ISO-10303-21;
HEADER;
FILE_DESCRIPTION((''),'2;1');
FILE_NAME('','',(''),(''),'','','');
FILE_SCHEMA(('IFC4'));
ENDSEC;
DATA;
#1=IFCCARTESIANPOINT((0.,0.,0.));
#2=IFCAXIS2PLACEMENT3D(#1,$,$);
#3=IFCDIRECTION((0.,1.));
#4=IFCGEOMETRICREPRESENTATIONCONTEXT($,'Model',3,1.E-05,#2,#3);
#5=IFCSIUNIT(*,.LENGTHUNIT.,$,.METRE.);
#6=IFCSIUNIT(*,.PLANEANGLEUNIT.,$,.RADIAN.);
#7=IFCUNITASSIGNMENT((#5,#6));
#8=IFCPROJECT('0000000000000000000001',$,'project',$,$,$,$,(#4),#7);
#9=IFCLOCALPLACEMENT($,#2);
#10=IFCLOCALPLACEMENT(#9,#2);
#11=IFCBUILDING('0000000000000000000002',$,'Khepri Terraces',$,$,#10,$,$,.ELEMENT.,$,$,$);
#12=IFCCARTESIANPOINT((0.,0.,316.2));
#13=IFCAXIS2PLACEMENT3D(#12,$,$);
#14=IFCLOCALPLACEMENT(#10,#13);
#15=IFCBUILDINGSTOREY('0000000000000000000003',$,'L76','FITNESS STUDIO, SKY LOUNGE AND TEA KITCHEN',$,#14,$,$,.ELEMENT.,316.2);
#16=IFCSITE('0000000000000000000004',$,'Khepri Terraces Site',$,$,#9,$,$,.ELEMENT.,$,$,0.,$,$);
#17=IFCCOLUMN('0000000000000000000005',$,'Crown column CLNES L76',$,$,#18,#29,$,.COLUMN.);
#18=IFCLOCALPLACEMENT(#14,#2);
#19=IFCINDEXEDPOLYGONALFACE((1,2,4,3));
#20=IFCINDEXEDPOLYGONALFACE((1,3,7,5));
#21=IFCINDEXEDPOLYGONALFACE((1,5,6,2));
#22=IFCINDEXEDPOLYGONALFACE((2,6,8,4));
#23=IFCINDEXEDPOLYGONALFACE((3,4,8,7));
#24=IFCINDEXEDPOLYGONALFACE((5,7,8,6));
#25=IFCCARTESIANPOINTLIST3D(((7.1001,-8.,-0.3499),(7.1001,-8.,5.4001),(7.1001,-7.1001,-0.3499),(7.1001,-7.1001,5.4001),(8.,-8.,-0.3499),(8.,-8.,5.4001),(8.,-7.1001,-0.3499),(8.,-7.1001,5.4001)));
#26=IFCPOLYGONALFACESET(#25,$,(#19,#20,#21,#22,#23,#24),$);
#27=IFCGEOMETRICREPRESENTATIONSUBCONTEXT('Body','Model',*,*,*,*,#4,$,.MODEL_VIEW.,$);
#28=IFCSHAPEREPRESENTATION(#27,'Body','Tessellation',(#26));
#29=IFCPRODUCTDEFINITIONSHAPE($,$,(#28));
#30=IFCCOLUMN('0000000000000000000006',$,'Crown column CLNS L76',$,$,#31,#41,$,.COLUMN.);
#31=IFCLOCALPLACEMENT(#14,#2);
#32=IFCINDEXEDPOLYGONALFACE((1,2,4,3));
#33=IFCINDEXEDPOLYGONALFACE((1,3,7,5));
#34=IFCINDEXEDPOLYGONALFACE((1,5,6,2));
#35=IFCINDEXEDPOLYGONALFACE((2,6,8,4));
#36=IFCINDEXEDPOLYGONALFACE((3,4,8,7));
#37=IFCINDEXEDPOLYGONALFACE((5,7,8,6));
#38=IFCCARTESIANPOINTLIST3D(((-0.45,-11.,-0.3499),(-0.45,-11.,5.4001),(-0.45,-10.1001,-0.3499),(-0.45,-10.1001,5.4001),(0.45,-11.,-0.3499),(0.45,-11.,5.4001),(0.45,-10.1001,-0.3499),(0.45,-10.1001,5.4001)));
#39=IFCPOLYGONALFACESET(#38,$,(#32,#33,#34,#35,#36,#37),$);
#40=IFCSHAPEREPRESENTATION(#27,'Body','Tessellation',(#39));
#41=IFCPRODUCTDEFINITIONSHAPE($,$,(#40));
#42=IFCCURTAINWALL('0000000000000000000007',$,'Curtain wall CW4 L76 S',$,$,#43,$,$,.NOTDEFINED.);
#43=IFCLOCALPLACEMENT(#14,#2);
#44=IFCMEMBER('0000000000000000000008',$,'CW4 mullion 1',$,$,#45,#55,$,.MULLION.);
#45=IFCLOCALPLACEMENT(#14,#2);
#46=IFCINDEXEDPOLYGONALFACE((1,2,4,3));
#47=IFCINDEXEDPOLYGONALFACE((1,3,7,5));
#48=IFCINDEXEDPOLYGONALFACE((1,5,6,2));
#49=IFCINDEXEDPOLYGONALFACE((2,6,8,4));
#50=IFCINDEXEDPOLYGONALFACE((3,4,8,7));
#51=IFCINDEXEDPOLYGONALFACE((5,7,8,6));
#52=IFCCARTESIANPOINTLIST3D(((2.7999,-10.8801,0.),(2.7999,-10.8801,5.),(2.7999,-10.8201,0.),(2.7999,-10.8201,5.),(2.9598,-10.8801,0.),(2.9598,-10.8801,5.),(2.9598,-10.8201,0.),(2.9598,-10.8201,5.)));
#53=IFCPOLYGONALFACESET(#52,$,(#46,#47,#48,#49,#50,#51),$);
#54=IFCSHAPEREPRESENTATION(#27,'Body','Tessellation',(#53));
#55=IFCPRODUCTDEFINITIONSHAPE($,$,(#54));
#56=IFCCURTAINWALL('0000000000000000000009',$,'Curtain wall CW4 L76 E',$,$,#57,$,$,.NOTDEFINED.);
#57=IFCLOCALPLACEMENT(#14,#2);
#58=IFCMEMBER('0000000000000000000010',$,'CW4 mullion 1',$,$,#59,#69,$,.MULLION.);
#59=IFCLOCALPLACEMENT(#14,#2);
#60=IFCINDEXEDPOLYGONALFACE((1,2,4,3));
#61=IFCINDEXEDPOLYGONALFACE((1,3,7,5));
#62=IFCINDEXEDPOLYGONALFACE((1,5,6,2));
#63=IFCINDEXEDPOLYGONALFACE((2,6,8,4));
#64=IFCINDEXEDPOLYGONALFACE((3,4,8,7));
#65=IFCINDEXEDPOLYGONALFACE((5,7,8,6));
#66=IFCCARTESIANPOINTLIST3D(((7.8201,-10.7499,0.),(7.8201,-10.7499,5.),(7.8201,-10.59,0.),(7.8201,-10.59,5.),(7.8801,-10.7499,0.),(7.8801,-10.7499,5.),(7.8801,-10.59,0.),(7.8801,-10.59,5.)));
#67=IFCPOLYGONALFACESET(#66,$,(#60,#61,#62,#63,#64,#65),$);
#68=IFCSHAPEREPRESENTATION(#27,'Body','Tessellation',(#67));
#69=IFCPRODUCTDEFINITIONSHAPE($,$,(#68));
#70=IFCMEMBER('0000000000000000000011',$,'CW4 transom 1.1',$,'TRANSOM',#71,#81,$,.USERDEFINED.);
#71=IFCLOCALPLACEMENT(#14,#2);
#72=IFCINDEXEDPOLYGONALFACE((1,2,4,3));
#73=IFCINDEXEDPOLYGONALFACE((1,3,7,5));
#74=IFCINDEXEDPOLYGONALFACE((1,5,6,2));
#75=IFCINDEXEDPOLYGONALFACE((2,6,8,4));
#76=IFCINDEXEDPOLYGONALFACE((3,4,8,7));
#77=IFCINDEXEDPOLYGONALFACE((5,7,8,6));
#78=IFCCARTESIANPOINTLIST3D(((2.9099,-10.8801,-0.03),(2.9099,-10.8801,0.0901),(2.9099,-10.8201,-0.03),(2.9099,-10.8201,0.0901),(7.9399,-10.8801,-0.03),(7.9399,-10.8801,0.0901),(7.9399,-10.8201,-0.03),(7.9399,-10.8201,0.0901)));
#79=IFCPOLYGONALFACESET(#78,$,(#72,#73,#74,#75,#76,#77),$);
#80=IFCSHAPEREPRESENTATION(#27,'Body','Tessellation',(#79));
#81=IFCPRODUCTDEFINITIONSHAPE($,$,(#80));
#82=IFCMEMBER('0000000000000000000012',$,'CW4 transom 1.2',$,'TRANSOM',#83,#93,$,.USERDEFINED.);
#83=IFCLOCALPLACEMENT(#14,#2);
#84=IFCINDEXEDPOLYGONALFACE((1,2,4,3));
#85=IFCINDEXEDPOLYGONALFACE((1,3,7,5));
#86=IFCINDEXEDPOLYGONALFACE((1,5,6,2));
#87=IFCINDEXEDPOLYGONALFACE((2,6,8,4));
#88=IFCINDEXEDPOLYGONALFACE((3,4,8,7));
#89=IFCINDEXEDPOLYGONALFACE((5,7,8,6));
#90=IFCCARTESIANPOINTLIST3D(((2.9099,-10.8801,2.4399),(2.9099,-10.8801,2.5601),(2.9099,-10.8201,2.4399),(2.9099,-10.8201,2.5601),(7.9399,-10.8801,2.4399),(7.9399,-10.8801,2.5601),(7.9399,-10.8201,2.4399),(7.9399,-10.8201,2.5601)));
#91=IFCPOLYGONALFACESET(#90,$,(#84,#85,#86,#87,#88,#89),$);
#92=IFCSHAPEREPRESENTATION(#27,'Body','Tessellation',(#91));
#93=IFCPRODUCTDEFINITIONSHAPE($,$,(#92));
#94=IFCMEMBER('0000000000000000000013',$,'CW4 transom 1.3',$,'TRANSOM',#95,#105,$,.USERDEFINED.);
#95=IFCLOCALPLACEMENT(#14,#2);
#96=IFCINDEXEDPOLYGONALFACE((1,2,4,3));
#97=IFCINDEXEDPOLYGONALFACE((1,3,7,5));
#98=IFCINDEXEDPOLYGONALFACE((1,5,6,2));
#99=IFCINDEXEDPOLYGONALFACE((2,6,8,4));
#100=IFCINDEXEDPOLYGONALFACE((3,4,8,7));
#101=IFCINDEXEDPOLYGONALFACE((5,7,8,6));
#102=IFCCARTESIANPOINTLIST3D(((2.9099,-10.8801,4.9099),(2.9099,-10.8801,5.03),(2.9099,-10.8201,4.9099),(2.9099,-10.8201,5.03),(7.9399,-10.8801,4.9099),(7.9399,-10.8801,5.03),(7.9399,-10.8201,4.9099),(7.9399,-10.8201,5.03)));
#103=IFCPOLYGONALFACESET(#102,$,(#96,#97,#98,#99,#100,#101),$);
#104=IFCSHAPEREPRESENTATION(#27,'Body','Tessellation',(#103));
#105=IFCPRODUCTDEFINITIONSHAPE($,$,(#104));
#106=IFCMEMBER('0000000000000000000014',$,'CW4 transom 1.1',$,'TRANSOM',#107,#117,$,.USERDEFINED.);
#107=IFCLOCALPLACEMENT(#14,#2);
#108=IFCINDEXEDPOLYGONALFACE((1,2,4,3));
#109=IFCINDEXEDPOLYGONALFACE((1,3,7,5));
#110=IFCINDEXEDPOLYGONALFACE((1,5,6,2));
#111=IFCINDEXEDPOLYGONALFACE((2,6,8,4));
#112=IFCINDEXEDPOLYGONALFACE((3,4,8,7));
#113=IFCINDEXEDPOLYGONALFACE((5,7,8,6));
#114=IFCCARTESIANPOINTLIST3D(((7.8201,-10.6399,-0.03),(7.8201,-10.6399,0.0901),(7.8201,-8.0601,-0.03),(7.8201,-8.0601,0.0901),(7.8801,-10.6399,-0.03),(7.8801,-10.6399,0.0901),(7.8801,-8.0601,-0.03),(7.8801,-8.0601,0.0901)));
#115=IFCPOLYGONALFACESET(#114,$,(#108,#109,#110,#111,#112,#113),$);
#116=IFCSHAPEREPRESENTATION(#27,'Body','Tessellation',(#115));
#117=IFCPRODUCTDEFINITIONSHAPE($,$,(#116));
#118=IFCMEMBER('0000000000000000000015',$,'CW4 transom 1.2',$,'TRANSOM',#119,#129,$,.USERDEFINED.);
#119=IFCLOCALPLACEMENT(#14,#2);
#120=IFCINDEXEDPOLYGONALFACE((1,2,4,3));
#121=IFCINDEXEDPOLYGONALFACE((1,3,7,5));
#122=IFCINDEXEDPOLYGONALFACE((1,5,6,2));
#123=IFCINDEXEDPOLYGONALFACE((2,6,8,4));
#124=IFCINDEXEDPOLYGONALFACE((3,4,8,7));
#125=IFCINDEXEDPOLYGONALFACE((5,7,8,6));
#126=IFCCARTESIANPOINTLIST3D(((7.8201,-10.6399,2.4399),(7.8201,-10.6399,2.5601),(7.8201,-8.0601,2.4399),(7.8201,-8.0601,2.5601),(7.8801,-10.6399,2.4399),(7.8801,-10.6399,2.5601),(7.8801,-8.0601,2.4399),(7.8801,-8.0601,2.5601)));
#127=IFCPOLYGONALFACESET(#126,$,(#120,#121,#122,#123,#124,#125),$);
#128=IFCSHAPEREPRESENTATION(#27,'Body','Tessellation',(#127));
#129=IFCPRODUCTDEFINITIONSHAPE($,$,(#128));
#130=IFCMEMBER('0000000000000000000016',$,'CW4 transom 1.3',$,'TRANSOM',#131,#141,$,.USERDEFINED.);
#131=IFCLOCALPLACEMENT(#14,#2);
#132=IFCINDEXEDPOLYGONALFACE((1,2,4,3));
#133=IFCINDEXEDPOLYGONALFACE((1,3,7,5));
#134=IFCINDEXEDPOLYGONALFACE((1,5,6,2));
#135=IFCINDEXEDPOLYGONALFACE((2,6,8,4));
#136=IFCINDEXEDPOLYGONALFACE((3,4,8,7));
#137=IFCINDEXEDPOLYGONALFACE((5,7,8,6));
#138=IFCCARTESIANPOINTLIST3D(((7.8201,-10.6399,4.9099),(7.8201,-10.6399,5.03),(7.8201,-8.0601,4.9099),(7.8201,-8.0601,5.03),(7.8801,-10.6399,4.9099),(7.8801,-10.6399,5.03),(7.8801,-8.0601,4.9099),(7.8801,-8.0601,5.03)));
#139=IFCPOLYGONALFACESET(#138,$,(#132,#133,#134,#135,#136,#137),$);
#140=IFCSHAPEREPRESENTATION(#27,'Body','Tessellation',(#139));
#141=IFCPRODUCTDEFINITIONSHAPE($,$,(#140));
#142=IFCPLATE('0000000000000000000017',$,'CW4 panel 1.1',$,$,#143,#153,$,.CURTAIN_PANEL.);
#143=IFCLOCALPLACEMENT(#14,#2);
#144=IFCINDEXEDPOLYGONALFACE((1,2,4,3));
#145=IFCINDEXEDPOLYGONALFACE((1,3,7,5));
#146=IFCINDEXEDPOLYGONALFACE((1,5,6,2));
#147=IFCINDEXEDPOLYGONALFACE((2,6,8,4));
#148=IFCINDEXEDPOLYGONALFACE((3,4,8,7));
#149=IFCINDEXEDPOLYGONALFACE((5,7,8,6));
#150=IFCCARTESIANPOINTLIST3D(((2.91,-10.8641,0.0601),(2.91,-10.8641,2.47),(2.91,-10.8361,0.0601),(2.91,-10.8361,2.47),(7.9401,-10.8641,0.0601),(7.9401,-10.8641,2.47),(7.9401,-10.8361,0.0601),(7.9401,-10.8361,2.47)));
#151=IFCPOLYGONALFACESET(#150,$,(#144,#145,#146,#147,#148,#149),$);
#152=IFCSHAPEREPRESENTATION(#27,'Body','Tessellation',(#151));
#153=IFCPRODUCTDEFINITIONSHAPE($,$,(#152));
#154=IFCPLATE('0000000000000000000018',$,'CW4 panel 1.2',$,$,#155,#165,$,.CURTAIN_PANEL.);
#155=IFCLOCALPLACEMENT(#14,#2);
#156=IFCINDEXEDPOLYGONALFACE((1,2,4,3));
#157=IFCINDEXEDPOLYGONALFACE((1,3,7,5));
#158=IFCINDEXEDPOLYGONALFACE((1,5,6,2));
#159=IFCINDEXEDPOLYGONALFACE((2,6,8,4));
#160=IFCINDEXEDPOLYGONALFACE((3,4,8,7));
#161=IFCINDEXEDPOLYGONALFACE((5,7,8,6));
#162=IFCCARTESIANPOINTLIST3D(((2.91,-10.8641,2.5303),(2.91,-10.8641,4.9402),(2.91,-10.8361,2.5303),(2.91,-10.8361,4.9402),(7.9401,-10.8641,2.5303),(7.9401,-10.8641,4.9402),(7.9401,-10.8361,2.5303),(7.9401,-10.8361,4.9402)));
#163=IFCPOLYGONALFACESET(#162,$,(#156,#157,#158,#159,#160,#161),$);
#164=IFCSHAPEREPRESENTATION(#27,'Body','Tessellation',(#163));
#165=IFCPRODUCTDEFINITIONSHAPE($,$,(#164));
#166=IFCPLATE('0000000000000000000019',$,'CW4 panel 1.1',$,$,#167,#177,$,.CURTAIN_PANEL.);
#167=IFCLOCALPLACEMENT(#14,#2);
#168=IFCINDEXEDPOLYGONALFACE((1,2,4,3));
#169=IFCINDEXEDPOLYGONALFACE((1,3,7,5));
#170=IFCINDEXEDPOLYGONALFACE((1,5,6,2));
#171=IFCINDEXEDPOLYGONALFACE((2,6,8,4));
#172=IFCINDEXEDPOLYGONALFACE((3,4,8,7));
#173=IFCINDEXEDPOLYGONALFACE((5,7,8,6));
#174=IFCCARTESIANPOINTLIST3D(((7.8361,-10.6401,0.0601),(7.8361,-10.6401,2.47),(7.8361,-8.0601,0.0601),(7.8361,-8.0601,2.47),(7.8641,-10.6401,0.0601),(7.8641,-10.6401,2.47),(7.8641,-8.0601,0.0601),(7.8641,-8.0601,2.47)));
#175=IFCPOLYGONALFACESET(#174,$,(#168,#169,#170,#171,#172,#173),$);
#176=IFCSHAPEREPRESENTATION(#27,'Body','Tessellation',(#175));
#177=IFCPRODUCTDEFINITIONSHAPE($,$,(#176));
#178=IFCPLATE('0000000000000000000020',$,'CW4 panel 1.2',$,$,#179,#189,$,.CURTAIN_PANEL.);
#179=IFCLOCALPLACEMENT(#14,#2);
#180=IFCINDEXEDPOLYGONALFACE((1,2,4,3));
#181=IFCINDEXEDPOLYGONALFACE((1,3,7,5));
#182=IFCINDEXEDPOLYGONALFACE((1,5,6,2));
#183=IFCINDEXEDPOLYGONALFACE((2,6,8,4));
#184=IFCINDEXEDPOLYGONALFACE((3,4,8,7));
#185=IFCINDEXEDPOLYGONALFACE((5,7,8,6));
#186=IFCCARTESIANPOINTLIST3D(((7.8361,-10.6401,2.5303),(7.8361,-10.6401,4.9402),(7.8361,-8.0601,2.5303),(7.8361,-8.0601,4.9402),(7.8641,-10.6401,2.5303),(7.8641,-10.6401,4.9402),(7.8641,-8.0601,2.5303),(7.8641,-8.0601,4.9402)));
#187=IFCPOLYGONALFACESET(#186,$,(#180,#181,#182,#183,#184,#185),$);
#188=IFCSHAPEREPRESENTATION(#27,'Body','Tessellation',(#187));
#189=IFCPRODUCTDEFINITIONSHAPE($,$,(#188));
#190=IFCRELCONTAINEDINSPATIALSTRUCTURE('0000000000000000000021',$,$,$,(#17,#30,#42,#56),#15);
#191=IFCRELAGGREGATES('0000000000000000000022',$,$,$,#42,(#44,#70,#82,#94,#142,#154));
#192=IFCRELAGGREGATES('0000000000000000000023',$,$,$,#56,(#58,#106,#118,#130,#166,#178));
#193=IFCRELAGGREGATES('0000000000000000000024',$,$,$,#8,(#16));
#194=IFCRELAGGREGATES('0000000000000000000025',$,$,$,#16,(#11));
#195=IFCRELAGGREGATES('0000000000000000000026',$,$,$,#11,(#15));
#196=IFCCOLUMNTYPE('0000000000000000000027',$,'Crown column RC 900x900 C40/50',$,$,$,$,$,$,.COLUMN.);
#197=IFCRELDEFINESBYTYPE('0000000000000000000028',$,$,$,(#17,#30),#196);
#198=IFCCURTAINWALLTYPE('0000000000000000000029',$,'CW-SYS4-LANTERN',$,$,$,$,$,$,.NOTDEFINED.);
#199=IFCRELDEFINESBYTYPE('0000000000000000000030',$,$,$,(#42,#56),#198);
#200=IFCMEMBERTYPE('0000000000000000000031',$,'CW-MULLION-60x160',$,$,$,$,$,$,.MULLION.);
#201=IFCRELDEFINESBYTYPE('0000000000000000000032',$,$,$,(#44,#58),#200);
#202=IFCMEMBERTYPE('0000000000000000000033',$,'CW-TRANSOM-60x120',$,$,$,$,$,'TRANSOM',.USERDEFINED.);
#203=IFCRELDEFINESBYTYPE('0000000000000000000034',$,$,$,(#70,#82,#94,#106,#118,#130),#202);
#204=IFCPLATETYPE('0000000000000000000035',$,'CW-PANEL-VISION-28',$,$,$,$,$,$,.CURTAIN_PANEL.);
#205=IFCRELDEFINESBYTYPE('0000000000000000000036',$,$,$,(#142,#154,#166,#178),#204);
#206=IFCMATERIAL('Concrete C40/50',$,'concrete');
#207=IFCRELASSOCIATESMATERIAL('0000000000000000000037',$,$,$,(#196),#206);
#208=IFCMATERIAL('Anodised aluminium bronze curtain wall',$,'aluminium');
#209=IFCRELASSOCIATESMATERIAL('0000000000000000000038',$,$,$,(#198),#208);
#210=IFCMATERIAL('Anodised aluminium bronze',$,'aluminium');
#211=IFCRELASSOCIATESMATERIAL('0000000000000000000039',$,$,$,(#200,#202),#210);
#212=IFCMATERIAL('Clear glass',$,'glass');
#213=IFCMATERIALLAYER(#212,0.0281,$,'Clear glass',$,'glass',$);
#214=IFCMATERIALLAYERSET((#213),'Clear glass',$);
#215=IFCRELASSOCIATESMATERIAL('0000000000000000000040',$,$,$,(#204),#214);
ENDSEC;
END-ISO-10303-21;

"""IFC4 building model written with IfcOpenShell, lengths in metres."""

from ifc_helpers import new_model, si_unit, direction, frame, origin, origin_2d, place, context, subcontext, project, spatial, rectangle, extrude, material, layer, layer_set, material_profile, profile_set, type_object, element, aggregate, save


model = new_model("IFC4")

# Units and contexts
model_context = context("Model", 3, precision=1e-05, world=origin(), true_north=direction((0.0, 1.0)))
body_context = subcontext(model_context, "Body", "Model", "MODEL_VIEW")
ifc_project = project(units=[si_unit("LENGTHUNIT", "METRE"), si_unit("PLANEANGLEUNIT", "RADIAN")], contexts=[model_context])

# Site, building, storey
site_placement = place(None, origin())
site = spatial("IfcSite", under=ifc_project, at=site_placement, Name="Khepri Terraces Site", CompositionType="ELEMENT", RefElevation=0.0)
building_placement = place(site_placement, origin())
building = spatial("IfcBuilding", under=site, at=building_placement, Name="Khepri Terraces", CompositionType="ELEMENT")
storey_placement = place(building_placement, frame((0.0, 0.0, 316.2)))
storey = spatial("IfcBuildingStorey", under=building, at=storey_placement, Name="L76", Description="FITNESS STUDIO, SKY LOUNGE AND TEA KITCHEN", CompositionType="ELEMENT", Elevation=316.2)

# Columns
ifc_material_1 = material(Name="Concrete C40/50", Category="concrete")
ifc_material_profile_1 = material_profile(ifc_material_1, rectangle(XDim=0.8999, YDim=0.8999, at=origin_2d()), Name="Concrete C40/50", Category="concrete")
ifc_profile_set_1 = profile_set([ifc_material_profile_1], Name="Concrete C40/50")
column_type = type_object("IfcColumnType", Name="Crown column RC 900x900 C40/50", PredefinedType="COLUMN", material=ifc_profile_set_1)
for number, where, z_axis, x_axis, name in (
    (1, (7.55, -7.55, -0.3499), (0.0, 0.0, 1.0), (1.0, 0.0, 0.0), "Crown column CLNES L76"),
    (2, (0.0, -10.55, -0.3499), (0.0, 0.0, 1.0), (1.0, 0.0, 0.0), "Crown column CLNS L76"),
):
    element("IfcColumn", number, at=place(storey_placement, frame(where, z_axis=z_axis, x_axis=x_axis)), inside=storey, type_object=column_type, Name=name, PredefinedType="COLUMN", context=body_context, shape_type="SweptSolid", body=[
        extrude(rectangle(XDim=0.8999, YDim=0.8999, at=origin_2d()), origin(), (0.0, 0.0, 1.0), 5.75),
    ])

# Curtain walls, members
ifc_material_2 = material(Name="Anodised aluminium bronze curtain wall", Category="aluminium")
curtain_wall_type = type_object("IfcCurtainWallType", Name="CW-SYS4-LANTERN", PredefinedType="NOTDEFINED", material=ifc_material_2)
curtain_wall_1_placement = place(storey_placement, origin())
curtain_wall_1 = element("IfcCurtainWall", 3, at=curtain_wall_1_placement, inside=storey, type_object=curtain_wall_type, Name="Curtain wall CW4 L76 S", PredefinedType="NOTDEFINED")
ifc_material_3 = material(Name="Anodised aluminium bronze", Category="aluminium")
ifc_material_profile_2 = material_profile(ifc_material_3, rectangle(XDim=0.0601, YDim=0.1599, at=origin_2d()), Name="Anodised aluminium bronze", Category="aluminium")
ifc_profile_set_2 = profile_set([ifc_material_profile_2], Name="Anodised aluminium bronze")
member_type_1 = type_object("IfcMemberType", Name="CW-MULLION-60x160", PredefinedType="MULLION", material=ifc_profile_set_2)
member_1_placement = place(storey_placement, frame((2.8799, -10.8501, 0.0), z_axis=(0.0, 0.0, 1.0), x_axis=(0.0, 1.0, 0.0)))
member_1 = element("IfcMember", 4, at=member_1_placement, type_object=member_type_1, Name="CW4 mullion 1", PredefinedType="MULLION", context=body_context, shape_type="SweptSolid", body=[
    extrude(rectangle(XDim=0.0601, YDim=0.1599, at=origin_2d()), origin(), (0.0, 0.0, 1.0), 5.0),
])
curtain_wall_2_placement = place(storey_placement, origin())
curtain_wall_2 = element("IfcCurtainWall", 5, at=curtain_wall_2_placement, inside=storey, type_object=curtain_wall_type, Name="Curtain wall CW4 L76 E", PredefinedType="NOTDEFINED")
member_2_placement = place(storey_placement, frame((7.8501, -10.6699, 0.0), z_axis=(0.0, 0.0, 1.0), x_axis=(-1.0, 0.0, 0.0)))
member_2 = element("IfcMember", 6, at=member_2_placement, type_object=member_type_1, Name="CW4 mullion 1", PredefinedType="MULLION", context=body_context, shape_type="SweptSolid", body=[
    extrude(rectangle(XDim=0.0601, YDim=0.1599, at=origin_2d()), origin(), (0.0, 0.0, 1.0), 5.0),
])

# Members
ifc_material_profile_3 = material_profile(ifc_material_3, rectangle(XDim=0.0601, YDim=0.1201, at=origin_2d()), Name="Anodised aluminium bronze", Category="aluminium")
ifc_profile_set_3 = profile_set([ifc_material_profile_3], Name="Anodised aluminium bronze")
member_type_2 = type_object("IfcMemberType", Name="CW-TRANSOM-60x120", ElementType="TRANSOM", PredefinedType="USERDEFINED", material=ifc_profile_set_3)
member_3_placement = place(storey_placement, frame((2.9099, -10.8501, 0.03), z_axis=(1.0, 0.0, 0.0), x_axis=(0.0, 1.0, 0.0)))
member_3 = element("IfcMember", 7, at=member_3_placement, type_object=member_type_2, Name="CW4 transom 1.1", ObjectType="TRANSOM", PredefinedType="USERDEFINED", context=body_context, shape_type="SweptSolid", body=[
    extrude(rectangle(XDim=0.0601, YDim=0.1201, at=origin_2d()), origin(), (0.0, 0.0, 1.0), 5.03),
])
member_4_placement = place(storey_placement, frame((2.9099, -10.8501, 2.5), z_axis=(1.0, 0.0, 0.0), x_axis=(0.0, 1.0, 0.0)))
member_4 = element("IfcMember", 8, at=member_4_placement, type_object=member_type_2, Name="CW4 transom 1.2", ObjectType="TRANSOM", PredefinedType="USERDEFINED", context=body_context, shape_type="SweptSolid", body=[
    extrude(rectangle(XDim=0.0601, YDim=0.1201, at=origin_2d()), origin(), (0.0, 0.0, 1.0), 5.03),
])
member_5_placement = place(storey_placement, frame((2.9099, -10.8501, 4.97), z_axis=(1.0, 0.0, 0.0), x_axis=(0.0, 1.0, 0.0)))
member_5 = element("IfcMember", 9, at=member_5_placement, type_object=member_type_2, Name="CW4 transom 1.3", ObjectType="TRANSOM", PredefinedType="USERDEFINED", context=body_context, shape_type="SweptSolid", body=[
    extrude(rectangle(XDim=0.0601, YDim=0.1201, at=origin_2d()), origin(), (0.0, 0.0, 1.0), 5.03),
])
member_6_placement = place(storey_placement, frame((7.8501, -10.6399, 0.03), z_axis=(0.0, 1.0, 0.0), x_axis=(-1.0, 0.0, 0.0)))
member_6 = element("IfcMember", 10, at=member_6_placement, type_object=member_type_2, Name="CW4 transom 1.1", ObjectType="TRANSOM", PredefinedType="USERDEFINED", context=body_context, shape_type="SweptSolid", body=[
    extrude(rectangle(XDim=0.0601, YDim=0.1201, at=origin_2d()), origin(), (0.0, 0.0, 1.0), 2.5798),
])
member_7_placement = place(storey_placement, frame((7.8501, -10.6399, 2.5), z_axis=(0.0, 1.0, 0.0), x_axis=(-1.0, 0.0, 0.0)))
member_7 = element("IfcMember", 11, at=member_7_placement, type_object=member_type_2, Name="CW4 transom 1.2", ObjectType="TRANSOM", PredefinedType="USERDEFINED", context=body_context, shape_type="SweptSolid", body=[
    extrude(rectangle(XDim=0.0601, YDim=0.1201, at=origin_2d()), origin(), (0.0, 0.0, 1.0), 2.5798),
])
member_8_placement = place(storey_placement, frame((7.8501, -10.6399, 4.97), z_axis=(0.0, 1.0, 0.0), x_axis=(-1.0, 0.0, 0.0)))
member_8 = element("IfcMember", 12, at=member_8_placement, type_object=member_type_2, Name="CW4 transom 1.3", ObjectType="TRANSOM", PredefinedType="USERDEFINED", context=body_context, shape_type="SweptSolid", body=[
    extrude(rectangle(XDim=0.0601, YDim=0.1201, at=origin_2d()), origin(), (0.0, 0.0, 1.0), 2.5798),
])

# Plates
ifc_material_4 = material(Name="Clear glass", Category="glass")
ifc_layer_1 = layer(ifc_material_4, 0.0281, Name="Clear glass", Category="glass")
ifc_layer_set_1 = layer_set([ifc_layer_1], Name="Clear glass")
plate_type = type_object("IfcPlateType", Name="CW-PANEL-VISION-28", PredefinedType="CURTAIN_PANEL", material=ifc_layer_set_1)
plate_1_placement = place(storey_placement, frame((5.425, -10.8501, 0.0601), z_axis=(0.0, 0.0, 1.0), x_axis=(1.0, 0.0, 0.0)))
plate_1 = element("IfcPlate", 13, at=plate_1_placement, type_object=plate_type, Name="CW4 panel 1.1", PredefinedType="CURTAIN_PANEL", context=body_context, shape_type="SweptSolid", body=[
    extrude(rectangle(XDim=5.03, YDim=0.0281, at=origin_2d()), origin(), (0.0, 0.0, 1.0), 2.4099),
])
plate_2_placement = place(storey_placement, frame((5.425, -10.8501, 2.5303), z_axis=(0.0, 0.0, 1.0), x_axis=(1.0, 0.0, 0.0)))
plate_2 = element("IfcPlate", 14, at=plate_2_placement, type_object=plate_type, Name="CW4 panel 1.2", PredefinedType="CURTAIN_PANEL", context=body_context, shape_type="SweptSolid", body=[
    extrude(rectangle(XDim=5.03, YDim=0.0281, at=origin_2d()), origin(), (0.0, 0.0, 1.0), 2.4099),
])
aggregate(curtain_wall_1, [member_1, member_3, member_4, member_5, plate_1, plate_2])
plate_3_placement = place(storey_placement, frame((7.8501, -9.3501, 0.0601), z_axis=(0.0, 0.0, 1.0), x_axis=(0.0, 1.0, 0.0)))
plate_3 = element("IfcPlate", 15, at=plate_3_placement, type_object=plate_type, Name="CW4 panel 1.1", PredefinedType="CURTAIN_PANEL", context=body_context, shape_type="SweptSolid", body=[
    extrude(rectangle(XDim=2.5801, YDim=0.0281, at=origin_2d()), origin(), (0.0, 0.0, 1.0), 2.4099),
])
plate_4_placement = place(storey_placement, frame((7.8501, -9.3501, 2.5303), z_axis=(0.0, 0.0, 1.0), x_axis=(0.0, 1.0, 0.0)))
plate_4 = element("IfcPlate", 16, at=plate_4_placement, type_object=plate_type, Name="CW4 panel 1.2", PredefinedType="CURTAIN_PANEL", context=body_context, shape_type="SweptSolid", body=[
    extrude(rectangle(XDim=2.5801, YDim=0.0281, at=origin_2d()), origin(), (0.0, 0.0, 1.0), 2.4099),
])
aggregate(curtain_wall_2, [member_2, member_6, member_7, member_8, plate_3, plate_4])

save(model, "model.ifc")
